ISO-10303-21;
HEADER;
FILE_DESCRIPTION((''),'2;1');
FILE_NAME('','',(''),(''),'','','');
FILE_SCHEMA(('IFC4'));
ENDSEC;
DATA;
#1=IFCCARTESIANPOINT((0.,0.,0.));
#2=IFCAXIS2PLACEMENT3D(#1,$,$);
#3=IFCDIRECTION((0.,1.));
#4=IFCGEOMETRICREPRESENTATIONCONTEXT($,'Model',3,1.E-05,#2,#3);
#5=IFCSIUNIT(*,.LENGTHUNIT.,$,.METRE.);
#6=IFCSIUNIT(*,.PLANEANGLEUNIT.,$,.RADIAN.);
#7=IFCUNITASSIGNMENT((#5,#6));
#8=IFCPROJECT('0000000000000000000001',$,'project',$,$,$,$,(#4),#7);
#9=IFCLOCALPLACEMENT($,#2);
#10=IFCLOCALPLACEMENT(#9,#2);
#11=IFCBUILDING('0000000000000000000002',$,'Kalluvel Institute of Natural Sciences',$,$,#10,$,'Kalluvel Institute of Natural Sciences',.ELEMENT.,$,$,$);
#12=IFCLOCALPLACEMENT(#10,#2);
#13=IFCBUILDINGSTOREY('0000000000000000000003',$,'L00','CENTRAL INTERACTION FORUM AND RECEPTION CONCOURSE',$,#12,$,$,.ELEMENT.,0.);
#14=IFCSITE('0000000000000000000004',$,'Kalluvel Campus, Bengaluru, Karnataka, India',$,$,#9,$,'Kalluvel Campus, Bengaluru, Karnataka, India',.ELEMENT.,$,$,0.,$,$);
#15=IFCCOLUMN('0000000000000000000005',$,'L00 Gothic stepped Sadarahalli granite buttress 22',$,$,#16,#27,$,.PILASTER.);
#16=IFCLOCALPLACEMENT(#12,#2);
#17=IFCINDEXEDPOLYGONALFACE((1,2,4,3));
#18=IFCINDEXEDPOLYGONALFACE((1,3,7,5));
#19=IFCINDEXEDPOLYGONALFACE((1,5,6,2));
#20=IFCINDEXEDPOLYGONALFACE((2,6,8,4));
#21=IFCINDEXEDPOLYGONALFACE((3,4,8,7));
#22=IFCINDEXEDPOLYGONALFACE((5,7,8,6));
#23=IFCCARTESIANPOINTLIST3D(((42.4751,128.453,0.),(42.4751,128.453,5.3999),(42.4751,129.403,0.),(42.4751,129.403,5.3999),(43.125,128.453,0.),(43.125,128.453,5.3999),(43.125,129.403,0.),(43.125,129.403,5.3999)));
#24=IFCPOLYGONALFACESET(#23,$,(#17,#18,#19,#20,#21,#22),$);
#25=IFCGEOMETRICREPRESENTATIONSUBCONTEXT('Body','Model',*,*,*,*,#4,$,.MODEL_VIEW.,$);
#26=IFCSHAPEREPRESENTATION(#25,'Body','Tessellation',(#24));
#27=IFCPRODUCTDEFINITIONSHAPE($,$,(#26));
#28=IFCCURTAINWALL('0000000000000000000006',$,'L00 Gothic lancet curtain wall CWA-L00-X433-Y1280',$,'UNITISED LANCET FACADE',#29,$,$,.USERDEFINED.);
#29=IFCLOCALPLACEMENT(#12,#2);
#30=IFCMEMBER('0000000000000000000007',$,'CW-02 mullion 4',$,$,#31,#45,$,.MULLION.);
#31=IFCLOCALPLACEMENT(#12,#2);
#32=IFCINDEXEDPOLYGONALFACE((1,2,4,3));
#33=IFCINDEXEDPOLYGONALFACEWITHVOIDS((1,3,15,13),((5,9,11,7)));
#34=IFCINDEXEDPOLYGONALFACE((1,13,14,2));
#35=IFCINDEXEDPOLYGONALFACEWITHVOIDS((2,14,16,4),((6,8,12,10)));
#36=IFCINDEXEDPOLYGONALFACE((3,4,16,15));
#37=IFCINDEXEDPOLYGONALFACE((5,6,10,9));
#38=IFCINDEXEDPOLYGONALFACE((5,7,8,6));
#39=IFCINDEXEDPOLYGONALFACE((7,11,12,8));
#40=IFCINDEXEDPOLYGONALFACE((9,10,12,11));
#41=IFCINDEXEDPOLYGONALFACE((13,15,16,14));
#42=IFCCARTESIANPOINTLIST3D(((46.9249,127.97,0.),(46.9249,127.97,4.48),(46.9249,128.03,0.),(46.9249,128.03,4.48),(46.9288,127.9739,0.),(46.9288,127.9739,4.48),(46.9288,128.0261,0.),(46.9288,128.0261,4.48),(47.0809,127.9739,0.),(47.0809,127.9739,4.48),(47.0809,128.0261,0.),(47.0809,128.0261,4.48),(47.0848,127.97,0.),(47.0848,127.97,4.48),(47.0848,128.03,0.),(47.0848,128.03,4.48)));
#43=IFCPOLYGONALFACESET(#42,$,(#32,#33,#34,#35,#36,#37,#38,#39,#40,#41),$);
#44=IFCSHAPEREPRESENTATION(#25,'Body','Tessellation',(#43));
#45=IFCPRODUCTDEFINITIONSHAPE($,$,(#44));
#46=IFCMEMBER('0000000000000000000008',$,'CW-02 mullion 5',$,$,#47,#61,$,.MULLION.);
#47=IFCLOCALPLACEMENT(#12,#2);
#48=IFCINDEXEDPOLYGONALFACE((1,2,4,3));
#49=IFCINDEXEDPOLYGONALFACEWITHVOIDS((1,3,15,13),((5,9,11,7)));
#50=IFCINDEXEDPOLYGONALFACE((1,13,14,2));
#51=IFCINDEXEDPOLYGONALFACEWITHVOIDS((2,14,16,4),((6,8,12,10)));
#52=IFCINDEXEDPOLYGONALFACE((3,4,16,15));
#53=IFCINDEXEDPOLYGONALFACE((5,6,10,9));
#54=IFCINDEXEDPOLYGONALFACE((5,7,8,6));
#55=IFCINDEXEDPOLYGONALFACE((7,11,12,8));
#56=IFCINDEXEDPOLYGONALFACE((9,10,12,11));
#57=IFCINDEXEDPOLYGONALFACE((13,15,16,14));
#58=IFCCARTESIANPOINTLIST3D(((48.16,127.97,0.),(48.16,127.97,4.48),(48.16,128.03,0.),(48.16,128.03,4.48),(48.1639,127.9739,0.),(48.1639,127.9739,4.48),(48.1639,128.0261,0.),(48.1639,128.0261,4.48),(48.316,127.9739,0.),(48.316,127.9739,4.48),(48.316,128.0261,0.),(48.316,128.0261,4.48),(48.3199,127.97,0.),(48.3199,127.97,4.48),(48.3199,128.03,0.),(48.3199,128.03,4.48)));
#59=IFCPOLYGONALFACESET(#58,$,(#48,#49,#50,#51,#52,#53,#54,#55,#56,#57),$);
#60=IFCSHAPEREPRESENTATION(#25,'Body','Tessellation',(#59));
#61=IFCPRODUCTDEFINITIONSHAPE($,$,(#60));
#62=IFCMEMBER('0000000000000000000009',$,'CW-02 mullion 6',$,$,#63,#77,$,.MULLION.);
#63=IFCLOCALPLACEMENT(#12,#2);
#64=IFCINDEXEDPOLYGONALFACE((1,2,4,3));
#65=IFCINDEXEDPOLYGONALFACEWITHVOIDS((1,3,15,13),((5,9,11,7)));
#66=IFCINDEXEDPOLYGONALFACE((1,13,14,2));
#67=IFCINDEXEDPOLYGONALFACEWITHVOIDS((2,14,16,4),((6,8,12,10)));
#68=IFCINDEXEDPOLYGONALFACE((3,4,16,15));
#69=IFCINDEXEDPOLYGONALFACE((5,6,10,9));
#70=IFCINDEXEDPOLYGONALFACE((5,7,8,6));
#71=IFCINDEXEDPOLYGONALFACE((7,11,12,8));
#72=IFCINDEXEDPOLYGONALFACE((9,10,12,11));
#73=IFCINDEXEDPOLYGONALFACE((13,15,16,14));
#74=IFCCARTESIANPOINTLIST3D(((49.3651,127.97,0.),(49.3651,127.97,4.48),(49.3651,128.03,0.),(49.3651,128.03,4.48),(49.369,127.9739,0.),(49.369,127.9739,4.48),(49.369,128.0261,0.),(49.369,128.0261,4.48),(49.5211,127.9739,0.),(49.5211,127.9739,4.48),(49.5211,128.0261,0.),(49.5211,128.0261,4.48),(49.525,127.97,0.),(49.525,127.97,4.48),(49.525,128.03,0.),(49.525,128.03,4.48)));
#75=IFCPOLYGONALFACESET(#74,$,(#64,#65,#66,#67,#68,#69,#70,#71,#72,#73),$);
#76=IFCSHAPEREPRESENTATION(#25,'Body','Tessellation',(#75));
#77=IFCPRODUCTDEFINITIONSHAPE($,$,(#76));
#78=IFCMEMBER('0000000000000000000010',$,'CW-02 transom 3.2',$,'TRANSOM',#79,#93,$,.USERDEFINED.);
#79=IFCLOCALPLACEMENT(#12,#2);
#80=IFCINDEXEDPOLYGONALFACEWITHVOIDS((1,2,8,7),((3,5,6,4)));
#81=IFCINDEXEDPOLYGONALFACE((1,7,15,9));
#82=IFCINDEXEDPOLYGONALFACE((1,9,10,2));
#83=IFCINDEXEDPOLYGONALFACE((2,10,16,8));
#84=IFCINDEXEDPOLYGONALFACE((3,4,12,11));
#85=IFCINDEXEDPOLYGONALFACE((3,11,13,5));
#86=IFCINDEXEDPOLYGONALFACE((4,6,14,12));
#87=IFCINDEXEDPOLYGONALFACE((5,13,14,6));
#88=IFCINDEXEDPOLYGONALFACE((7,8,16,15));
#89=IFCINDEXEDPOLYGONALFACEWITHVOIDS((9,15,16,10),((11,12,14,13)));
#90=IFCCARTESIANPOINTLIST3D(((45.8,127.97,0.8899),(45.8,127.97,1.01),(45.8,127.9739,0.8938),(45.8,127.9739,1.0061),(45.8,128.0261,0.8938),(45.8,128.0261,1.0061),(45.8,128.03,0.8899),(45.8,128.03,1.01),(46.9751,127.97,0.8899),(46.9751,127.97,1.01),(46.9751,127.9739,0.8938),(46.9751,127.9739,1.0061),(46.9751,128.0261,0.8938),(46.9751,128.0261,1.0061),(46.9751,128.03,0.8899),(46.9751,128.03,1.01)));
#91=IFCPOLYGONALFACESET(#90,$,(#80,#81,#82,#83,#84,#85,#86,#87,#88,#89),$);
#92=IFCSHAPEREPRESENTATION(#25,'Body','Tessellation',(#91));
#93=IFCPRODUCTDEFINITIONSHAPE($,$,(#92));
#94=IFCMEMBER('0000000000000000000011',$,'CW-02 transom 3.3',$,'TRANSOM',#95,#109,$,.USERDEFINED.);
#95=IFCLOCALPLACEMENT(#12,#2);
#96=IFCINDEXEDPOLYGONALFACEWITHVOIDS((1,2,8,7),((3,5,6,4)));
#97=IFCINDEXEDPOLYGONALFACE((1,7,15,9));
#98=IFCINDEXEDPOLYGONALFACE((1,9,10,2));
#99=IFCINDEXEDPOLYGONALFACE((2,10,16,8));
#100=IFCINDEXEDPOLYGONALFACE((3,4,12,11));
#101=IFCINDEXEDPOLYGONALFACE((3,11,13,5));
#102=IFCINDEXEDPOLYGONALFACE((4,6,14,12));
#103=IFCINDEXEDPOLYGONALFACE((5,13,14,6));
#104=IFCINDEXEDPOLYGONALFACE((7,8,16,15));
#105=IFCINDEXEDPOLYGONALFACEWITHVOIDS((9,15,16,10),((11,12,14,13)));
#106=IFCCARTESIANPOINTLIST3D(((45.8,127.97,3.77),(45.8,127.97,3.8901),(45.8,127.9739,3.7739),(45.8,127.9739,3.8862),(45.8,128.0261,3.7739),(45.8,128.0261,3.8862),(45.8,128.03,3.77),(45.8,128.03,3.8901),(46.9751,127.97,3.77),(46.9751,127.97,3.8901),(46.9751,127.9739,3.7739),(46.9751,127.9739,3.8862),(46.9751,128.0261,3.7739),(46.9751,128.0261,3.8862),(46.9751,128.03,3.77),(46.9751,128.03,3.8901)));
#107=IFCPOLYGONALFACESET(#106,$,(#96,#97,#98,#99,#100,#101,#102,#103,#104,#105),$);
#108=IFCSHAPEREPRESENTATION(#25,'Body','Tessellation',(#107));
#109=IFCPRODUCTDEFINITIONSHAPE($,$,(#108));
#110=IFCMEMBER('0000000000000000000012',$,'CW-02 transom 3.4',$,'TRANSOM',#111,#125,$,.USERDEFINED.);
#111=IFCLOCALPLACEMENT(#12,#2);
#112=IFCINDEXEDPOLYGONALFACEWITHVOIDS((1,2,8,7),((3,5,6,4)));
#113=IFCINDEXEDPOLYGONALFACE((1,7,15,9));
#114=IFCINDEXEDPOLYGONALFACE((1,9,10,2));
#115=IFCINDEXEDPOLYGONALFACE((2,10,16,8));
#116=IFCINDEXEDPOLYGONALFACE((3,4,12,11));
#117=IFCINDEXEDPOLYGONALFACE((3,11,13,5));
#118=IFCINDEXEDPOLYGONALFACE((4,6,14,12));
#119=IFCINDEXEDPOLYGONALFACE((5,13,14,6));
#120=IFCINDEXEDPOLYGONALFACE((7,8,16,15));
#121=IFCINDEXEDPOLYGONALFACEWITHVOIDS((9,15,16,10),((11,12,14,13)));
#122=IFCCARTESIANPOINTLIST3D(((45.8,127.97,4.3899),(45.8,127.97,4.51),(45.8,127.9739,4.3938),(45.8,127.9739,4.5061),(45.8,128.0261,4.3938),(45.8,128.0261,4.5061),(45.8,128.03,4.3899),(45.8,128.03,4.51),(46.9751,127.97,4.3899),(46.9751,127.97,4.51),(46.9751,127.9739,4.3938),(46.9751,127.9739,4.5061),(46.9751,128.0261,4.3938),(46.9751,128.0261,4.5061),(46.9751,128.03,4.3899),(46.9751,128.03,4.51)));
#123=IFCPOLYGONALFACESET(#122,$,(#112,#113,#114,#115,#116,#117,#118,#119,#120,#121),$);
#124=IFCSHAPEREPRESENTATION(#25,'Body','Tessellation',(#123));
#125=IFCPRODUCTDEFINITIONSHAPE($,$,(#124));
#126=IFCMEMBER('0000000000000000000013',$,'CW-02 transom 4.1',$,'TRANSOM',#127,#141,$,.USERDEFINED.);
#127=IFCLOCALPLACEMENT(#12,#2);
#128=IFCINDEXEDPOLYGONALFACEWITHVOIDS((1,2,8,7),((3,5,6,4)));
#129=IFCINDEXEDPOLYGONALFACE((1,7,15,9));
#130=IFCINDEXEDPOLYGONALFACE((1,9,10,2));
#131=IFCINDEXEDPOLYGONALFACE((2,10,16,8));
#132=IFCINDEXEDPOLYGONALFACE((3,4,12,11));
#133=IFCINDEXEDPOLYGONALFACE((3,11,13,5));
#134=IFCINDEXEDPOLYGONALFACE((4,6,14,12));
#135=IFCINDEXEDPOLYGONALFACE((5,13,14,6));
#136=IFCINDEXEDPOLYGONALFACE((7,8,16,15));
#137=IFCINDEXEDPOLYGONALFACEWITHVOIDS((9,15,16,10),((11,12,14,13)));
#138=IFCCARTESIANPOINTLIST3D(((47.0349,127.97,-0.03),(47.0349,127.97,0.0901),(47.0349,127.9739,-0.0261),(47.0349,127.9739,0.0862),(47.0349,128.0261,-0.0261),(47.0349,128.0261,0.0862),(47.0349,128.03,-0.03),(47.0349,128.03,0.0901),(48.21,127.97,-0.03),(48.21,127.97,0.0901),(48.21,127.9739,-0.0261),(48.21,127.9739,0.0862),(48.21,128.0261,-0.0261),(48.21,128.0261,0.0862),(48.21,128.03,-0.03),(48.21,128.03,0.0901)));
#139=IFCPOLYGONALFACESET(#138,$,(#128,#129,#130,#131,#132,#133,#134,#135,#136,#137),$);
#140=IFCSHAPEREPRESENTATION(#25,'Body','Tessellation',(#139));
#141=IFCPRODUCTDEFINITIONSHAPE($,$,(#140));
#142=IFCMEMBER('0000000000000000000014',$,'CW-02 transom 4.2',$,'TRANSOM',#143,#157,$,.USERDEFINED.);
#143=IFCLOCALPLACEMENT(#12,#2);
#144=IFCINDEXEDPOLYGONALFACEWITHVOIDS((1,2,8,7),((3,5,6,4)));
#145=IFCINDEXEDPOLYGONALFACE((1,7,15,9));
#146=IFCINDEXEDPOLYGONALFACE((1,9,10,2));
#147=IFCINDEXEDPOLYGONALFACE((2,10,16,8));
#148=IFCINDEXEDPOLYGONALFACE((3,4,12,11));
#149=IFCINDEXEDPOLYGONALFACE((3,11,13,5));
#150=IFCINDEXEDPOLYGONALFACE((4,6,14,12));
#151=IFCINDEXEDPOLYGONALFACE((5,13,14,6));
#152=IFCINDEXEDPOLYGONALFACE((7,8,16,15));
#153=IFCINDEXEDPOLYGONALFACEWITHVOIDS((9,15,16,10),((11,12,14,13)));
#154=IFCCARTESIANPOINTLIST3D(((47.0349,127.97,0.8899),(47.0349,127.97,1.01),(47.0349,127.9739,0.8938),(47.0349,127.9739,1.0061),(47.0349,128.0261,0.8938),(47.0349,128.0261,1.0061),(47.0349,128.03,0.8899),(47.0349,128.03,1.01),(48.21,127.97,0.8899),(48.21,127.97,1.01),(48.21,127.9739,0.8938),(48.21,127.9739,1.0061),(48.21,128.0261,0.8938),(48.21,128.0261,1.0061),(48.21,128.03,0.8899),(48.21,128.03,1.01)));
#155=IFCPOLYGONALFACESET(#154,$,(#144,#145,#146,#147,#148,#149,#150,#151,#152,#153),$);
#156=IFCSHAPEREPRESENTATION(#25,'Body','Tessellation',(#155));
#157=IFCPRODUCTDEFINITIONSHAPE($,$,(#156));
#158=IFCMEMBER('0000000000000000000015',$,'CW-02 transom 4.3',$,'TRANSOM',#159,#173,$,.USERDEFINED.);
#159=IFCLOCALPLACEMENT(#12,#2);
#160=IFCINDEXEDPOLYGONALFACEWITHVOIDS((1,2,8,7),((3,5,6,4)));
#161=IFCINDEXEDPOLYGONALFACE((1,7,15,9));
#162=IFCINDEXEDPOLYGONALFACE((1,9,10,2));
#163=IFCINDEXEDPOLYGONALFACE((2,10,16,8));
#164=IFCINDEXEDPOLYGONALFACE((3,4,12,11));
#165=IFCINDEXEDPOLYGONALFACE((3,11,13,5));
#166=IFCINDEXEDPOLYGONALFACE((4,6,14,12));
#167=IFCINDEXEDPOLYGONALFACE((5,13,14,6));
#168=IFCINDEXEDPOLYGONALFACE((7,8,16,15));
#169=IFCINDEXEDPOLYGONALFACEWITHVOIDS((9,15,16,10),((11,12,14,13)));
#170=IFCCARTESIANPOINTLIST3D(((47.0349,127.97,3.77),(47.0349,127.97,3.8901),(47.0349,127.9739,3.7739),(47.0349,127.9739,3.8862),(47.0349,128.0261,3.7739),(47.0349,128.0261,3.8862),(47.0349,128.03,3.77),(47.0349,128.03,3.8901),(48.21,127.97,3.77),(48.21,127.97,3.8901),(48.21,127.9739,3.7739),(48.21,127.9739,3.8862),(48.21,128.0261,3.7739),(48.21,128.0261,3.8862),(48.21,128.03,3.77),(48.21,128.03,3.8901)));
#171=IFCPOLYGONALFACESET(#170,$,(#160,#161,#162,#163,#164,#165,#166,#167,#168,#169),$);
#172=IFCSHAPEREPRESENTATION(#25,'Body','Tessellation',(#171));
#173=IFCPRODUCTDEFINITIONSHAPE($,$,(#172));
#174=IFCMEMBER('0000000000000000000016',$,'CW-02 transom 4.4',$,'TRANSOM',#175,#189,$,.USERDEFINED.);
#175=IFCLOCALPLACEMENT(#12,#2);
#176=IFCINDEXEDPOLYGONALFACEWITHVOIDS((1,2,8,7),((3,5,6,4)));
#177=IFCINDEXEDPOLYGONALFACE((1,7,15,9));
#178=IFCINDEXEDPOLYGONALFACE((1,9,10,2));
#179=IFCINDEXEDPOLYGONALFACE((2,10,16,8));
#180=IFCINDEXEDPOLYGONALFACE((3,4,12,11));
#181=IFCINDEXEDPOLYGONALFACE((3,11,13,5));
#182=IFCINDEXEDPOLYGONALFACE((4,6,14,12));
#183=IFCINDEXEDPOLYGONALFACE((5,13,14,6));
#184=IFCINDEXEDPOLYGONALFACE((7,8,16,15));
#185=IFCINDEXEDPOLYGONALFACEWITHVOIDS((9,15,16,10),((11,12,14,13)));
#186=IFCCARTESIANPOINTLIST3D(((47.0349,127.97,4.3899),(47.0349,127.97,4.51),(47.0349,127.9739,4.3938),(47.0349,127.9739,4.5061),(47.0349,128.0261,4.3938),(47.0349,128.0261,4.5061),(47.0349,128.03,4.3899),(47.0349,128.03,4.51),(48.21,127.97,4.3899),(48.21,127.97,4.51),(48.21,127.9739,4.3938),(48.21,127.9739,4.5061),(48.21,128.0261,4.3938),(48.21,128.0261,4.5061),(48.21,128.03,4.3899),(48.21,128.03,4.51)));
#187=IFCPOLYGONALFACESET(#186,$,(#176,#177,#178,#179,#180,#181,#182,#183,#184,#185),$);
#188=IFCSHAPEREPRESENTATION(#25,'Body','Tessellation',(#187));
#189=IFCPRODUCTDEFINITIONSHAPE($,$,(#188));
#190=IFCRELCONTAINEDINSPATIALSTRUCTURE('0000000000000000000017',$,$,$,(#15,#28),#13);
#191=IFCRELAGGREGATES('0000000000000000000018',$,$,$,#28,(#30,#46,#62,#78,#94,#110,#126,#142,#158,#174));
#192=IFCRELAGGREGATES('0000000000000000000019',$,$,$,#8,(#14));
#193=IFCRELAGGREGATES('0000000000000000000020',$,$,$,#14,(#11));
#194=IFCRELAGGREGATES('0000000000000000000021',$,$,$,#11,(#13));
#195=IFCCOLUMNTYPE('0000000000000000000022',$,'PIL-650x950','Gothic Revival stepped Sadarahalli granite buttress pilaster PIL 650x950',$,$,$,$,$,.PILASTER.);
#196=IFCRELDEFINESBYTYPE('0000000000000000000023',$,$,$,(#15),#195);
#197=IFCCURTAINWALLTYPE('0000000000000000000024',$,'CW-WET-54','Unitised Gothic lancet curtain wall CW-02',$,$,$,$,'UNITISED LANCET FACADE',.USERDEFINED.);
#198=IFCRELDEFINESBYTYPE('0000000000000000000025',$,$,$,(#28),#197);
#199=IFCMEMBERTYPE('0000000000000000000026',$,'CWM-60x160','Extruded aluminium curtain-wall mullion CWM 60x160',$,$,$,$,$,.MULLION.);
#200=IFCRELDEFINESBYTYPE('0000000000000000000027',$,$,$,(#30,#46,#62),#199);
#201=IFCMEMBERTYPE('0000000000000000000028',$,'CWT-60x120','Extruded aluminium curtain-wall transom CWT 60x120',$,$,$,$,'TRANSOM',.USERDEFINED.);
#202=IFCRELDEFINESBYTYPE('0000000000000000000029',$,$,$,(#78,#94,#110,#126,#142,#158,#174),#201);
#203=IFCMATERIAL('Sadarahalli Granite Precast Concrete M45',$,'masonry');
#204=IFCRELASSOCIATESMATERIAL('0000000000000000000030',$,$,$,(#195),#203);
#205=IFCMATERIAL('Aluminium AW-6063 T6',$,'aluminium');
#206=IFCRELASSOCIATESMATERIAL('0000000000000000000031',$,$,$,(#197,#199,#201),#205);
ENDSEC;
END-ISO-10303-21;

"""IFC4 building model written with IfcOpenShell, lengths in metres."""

from ifc_helpers import new_model, si_unit, direction, frame, origin, origin_2d, place, context, subcontext, project, spatial, rectangle, hollow_rectangle, extrude, material, material_profile, profile_set, type_object, element, aggregate, save


model = new_model("IFC4")

# Units and contexts
model_context = context("Model", 3, precision=1e-05, world=origin(), true_north=direction((0.0, 1.0)))
body_context = subcontext(model_context, "Body", "Model", "MODEL_VIEW")
ifc_project = project(units=[si_unit("LENGTHUNIT", "METRE"), si_unit("PLANEANGLEUNIT", "RADIAN")], contexts=[model_context])

# Site, building, storey
site_placement = place(None, origin())
site = spatial("IfcSite", under=ifc_project, at=site_placement, Name="Kalluvel Campus, Bengaluru, Karnataka, India", LongName="Kalluvel Campus, Bengaluru, Karnataka, India", CompositionType="ELEMENT", RefElevation=0.0)
building_placement = place(site_placement, origin())
building = spatial("IfcBuilding", under=site, at=building_placement, Name="Kalluvel Institute of Natural Sciences", LongName="Kalluvel Institute of Natural Sciences", CompositionType="ELEMENT")
storey_placement = place(building_placement, origin())
storey = spatial("IfcBuildingStorey", under=building, at=storey_placement, Name="L00", Description="CENTRAL INTERACTION FORUM AND RECEPTION CONCOURSE", CompositionType="ELEMENT", Elevation=0.0)

# Column
ifc_material_1 = material(Name="Sadarahalli Granite Precast Concrete M45", Category="masonry")
ifc_material_profile_1 = material_profile(ifc_material_1, rectangle(XDim=0.6499, YDim=0.95, at=origin_2d()), Name="PIL 650x950")
ifc_profile_set_1 = profile_set([ifc_material_profile_1], Name="Sadarahalli Granite Precast Concrete M45")
column_type = type_object("IfcColumnType", Name="PIL-650x950", Description="Gothic Revival stepped Sadarahalli granite buttress pilaster PIL 650x950", PredefinedType="PILASTER", material=ifc_profile_set_1)
column_placement = place(storey_placement, frame((42.8, 128.928, 0.0), z_axis=(0.0, 0.0, 1.0), x_axis=(1.0, 0.0, 0.0)))
element("IfcColumn", 1, at=column_placement, inside=storey, type_object=column_type, Name="L00 Gothic stepped Sadarahalli granite buttress 22", PredefinedType="PILASTER", context=body_context, shape_type="SweptSolid", body=[
    extrude(rectangle(XDim=0.6499, YDim=0.95, at=origin_2d()), origin(), (0.0, 0.0, 1.0), 5.3999),
])

# Curtain wall, members
ifc_material_2 = material(Name="Aluminium AW-6063 T6", Category="aluminium")
curtain_wall_type = type_object("IfcCurtainWallType", Name="CW-WET-54", Description="Unitised Gothic lancet curtain wall CW-02", ElementType="UNITISED LANCET FACADE", PredefinedType="USERDEFINED", material=ifc_material_2)
curtain_wall_placement = place(storey_placement, origin())
curtain_wall = element("IfcCurtainWall", 2, at=curtain_wall_placement, inside=storey, type_object=curtain_wall_type, Name="L00 Gothic lancet curtain wall CWA-L00-X433-Y1280", ObjectType="UNITISED LANCET FACADE", PredefinedType="USERDEFINED")
ifc_material_profile_2 = material_profile(ifc_material_2, hollow_rectangle(XDim=0.0601, YDim=0.1599, WallThickness=0.0039, at=origin_2d()), Name="CWM 60x160")
ifc_profile_set_2 = profile_set([ifc_material_profile_2], Name="Aluminium AW-6063 T6")
member_type_1 = type_object("IfcMemberType", Name="CWM-60x160", Description="Extruded aluminium curtain-wall mullion CWM 60x160", PredefinedType="MULLION", material=ifc_profile_set_2)
member_1_placement = place(storey_placement, frame((47.0049, 128.0, 0.0), z_axis=(0.0, 0.0, 1.0), x_axis=(0.0, 1.0, 0.0)))
member_1 = element("IfcMember", 3, at=member_1_placement, type_object=member_type_1, Name="CW-02 mullion 4", PredefinedType="MULLION", context=body_context, shape_type="SweptSolid", body=[
    extrude(hollow_rectangle(XDim=0.0601, YDim=0.1599, WallThickness=0.0039, at=origin_2d()), origin(), (0.0, 0.0, 1.0), 4.48),
])
member_2_placement = place(storey_placement, frame((48.24, 128.0, 0.0), z_axis=(0.0, 0.0, 1.0), x_axis=(0.0, 1.0, 0.0)))
member_2 = element("IfcMember", 4, at=member_2_placement, type_object=member_type_1, Name="CW-02 mullion 5", PredefinedType="MULLION", context=body_context, shape_type="SweptSolid", body=[
    extrude(hollow_rectangle(XDim=0.0601, YDim=0.1599, WallThickness=0.0039, at=origin_2d()), origin(), (0.0, 0.0, 1.0), 4.48),
])
member_3_placement = place(storey_placement, frame((49.4451, 128.0, 0.0), z_axis=(0.0, 0.0, 1.0), x_axis=(0.0, 1.0, 0.0)))
member_3 = element("IfcMember", 5, at=member_3_placement, type_object=member_type_1, Name="CW-02 mullion 6", PredefinedType="MULLION", context=body_context, shape_type="SweptSolid", body=[
    extrude(hollow_rectangle(XDim=0.0601, YDim=0.1599, WallThickness=0.0039, at=origin_2d()), origin(), (0.0, 0.0, 1.0), 4.48),
])
ifc_material_profile_3 = material_profile(ifc_material_2, hollow_rectangle(XDim=0.0601, YDim=0.1201, WallThickness=0.0039, at=origin_2d()), Name="CWT 60x120")
ifc_profile_set_3 = profile_set([ifc_material_profile_3], Name="Aluminium AW-6063 T6")
member_type_2 = type_object("IfcMemberType", Name="CWT-60x120", Description="Extruded aluminium curtain-wall transom CWT 60x120", ElementType="TRANSOM", PredefinedType="USERDEFINED", material=ifc_profile_set_3)
member_4_placement = place(storey_placement, frame((45.8, 128.0, 0.95), z_axis=(1.0, 0.0, 0.0), x_axis=(0.0, 1.0, 0.0)))
member_4 = element("IfcMember", 6, at=member_4_placement, type_object=member_type_2, Name="CW-02 transom 3.2", ObjectType="TRANSOM", PredefinedType="USERDEFINED", context=body_context, shape_type="SweptSolid", body=[
    extrude(hollow_rectangle(XDim=0.0601, YDim=0.1201, WallThickness=0.0039, at=origin_2d()), origin(), (0.0, 0.0, 1.0), 1.175),
])
member_5_placement = place(storey_placement, frame((45.8, 128.0, 3.8301), z_axis=(1.0, 0.0, 0.0), x_axis=(0.0, 1.0, 0.0)))
member_5 = element("IfcMember", 7, at=member_5_placement, type_object=member_type_2, Name="CW-02 transom 3.3", ObjectType="TRANSOM", PredefinedType="USERDEFINED", context=body_context, shape_type="SweptSolid", body=[
    extrude(hollow_rectangle(XDim=0.0601, YDim=0.1201, WallThickness=0.0039, at=origin_2d()), origin(), (0.0, 0.0, 1.0), 1.175),
])
member_6_placement = place(storey_placement, frame((45.8, 128.0, 4.45), z_axis=(1.0, 0.0, 0.0), x_axis=(0.0, 1.0, 0.0)))
member_6 = element("IfcMember", 8, at=member_6_placement, type_object=member_type_2, Name="CW-02 transom 3.4", ObjectType="TRANSOM", PredefinedType="USERDEFINED", context=body_context, shape_type="SweptSolid", body=[
    extrude(hollow_rectangle(XDim=0.0601, YDim=0.1201, WallThickness=0.0039, at=origin_2d()), origin(), (0.0, 0.0, 1.0), 1.175),
])
member_7_placement = place(storey_placement, frame((47.0349, 128.0, 0.03), z_axis=(1.0, 0.0, 0.0), x_axis=(0.0, 1.0, 0.0)))
member_7 = element("IfcMember", 9, at=member_7_placement, type_object=member_type_2, Name="CW-02 transom 4.1", ObjectType="TRANSOM", PredefinedType="USERDEFINED", context=body_context, shape_type="SweptSolid", body=[
    extrude(hollow_rectangle(XDim=0.0601, YDim=0.1201, WallThickness=0.0039, at=origin_2d()), origin(), (0.0, 0.0, 1.0), 1.175),
])
member_8_placement = place(storey_placement, frame((47.0349, 128.0, 0.95), z_axis=(1.0, 0.0, 0.0), x_axis=(0.0, 1.0, 0.0)))
member_8 = element("IfcMember", 10, at=member_8_placement, type_object=member_type_2, Name="CW-02 transom 4.2", ObjectType="TRANSOM", PredefinedType="USERDEFINED", context=body_context, shape_type="SweptSolid", body=[
    extrude(hollow_rectangle(XDim=0.0601, YDim=0.1201, WallThickness=0.0039, at=origin_2d()), origin(), (0.0, 0.0, 1.0), 1.175),
])
member_9_placement = place(storey_placement, frame((47.0349, 128.0, 3.8301), z_axis=(1.0, 0.0, 0.0), x_axis=(0.0, 1.0, 0.0)))
member_9 = element("IfcMember", 11, at=member_9_placement, type_object=member_type_2, Name="CW-02 transom 4.3", ObjectType="TRANSOM", PredefinedType="USERDEFINED", context=body_context, shape_type="SweptSolid", body=[
    extrude(hollow_rectangle(XDim=0.0601, YDim=0.1201, WallThickness=0.0039, at=origin_2d()), origin(), (0.0, 0.0, 1.0), 1.175),
])
member_10_placement = place(storey_placement, frame((47.0349, 128.0, 4.45), z_axis=(1.0, 0.0, 0.0), x_axis=(0.0, 1.0, 0.0)))
member_10 = element("IfcMember", 12, at=member_10_placement, type_object=member_type_2, Name="CW-02 transom 4.4", ObjectType="TRANSOM", PredefinedType="USERDEFINED", context=body_context, shape_type="SweptSolid", body=[
    extrude(hollow_rectangle(XDim=0.0601, YDim=0.1201, WallThickness=0.0039, at=origin_2d()), origin(), (0.0, 0.0, 1.0), 1.175),
])
aggregate(curtain_wall, [member_1, member_2, member_3, member_4, member_5, member_6, member_7, member_8, member_9, member_10])

save(model, "model.ifc")
